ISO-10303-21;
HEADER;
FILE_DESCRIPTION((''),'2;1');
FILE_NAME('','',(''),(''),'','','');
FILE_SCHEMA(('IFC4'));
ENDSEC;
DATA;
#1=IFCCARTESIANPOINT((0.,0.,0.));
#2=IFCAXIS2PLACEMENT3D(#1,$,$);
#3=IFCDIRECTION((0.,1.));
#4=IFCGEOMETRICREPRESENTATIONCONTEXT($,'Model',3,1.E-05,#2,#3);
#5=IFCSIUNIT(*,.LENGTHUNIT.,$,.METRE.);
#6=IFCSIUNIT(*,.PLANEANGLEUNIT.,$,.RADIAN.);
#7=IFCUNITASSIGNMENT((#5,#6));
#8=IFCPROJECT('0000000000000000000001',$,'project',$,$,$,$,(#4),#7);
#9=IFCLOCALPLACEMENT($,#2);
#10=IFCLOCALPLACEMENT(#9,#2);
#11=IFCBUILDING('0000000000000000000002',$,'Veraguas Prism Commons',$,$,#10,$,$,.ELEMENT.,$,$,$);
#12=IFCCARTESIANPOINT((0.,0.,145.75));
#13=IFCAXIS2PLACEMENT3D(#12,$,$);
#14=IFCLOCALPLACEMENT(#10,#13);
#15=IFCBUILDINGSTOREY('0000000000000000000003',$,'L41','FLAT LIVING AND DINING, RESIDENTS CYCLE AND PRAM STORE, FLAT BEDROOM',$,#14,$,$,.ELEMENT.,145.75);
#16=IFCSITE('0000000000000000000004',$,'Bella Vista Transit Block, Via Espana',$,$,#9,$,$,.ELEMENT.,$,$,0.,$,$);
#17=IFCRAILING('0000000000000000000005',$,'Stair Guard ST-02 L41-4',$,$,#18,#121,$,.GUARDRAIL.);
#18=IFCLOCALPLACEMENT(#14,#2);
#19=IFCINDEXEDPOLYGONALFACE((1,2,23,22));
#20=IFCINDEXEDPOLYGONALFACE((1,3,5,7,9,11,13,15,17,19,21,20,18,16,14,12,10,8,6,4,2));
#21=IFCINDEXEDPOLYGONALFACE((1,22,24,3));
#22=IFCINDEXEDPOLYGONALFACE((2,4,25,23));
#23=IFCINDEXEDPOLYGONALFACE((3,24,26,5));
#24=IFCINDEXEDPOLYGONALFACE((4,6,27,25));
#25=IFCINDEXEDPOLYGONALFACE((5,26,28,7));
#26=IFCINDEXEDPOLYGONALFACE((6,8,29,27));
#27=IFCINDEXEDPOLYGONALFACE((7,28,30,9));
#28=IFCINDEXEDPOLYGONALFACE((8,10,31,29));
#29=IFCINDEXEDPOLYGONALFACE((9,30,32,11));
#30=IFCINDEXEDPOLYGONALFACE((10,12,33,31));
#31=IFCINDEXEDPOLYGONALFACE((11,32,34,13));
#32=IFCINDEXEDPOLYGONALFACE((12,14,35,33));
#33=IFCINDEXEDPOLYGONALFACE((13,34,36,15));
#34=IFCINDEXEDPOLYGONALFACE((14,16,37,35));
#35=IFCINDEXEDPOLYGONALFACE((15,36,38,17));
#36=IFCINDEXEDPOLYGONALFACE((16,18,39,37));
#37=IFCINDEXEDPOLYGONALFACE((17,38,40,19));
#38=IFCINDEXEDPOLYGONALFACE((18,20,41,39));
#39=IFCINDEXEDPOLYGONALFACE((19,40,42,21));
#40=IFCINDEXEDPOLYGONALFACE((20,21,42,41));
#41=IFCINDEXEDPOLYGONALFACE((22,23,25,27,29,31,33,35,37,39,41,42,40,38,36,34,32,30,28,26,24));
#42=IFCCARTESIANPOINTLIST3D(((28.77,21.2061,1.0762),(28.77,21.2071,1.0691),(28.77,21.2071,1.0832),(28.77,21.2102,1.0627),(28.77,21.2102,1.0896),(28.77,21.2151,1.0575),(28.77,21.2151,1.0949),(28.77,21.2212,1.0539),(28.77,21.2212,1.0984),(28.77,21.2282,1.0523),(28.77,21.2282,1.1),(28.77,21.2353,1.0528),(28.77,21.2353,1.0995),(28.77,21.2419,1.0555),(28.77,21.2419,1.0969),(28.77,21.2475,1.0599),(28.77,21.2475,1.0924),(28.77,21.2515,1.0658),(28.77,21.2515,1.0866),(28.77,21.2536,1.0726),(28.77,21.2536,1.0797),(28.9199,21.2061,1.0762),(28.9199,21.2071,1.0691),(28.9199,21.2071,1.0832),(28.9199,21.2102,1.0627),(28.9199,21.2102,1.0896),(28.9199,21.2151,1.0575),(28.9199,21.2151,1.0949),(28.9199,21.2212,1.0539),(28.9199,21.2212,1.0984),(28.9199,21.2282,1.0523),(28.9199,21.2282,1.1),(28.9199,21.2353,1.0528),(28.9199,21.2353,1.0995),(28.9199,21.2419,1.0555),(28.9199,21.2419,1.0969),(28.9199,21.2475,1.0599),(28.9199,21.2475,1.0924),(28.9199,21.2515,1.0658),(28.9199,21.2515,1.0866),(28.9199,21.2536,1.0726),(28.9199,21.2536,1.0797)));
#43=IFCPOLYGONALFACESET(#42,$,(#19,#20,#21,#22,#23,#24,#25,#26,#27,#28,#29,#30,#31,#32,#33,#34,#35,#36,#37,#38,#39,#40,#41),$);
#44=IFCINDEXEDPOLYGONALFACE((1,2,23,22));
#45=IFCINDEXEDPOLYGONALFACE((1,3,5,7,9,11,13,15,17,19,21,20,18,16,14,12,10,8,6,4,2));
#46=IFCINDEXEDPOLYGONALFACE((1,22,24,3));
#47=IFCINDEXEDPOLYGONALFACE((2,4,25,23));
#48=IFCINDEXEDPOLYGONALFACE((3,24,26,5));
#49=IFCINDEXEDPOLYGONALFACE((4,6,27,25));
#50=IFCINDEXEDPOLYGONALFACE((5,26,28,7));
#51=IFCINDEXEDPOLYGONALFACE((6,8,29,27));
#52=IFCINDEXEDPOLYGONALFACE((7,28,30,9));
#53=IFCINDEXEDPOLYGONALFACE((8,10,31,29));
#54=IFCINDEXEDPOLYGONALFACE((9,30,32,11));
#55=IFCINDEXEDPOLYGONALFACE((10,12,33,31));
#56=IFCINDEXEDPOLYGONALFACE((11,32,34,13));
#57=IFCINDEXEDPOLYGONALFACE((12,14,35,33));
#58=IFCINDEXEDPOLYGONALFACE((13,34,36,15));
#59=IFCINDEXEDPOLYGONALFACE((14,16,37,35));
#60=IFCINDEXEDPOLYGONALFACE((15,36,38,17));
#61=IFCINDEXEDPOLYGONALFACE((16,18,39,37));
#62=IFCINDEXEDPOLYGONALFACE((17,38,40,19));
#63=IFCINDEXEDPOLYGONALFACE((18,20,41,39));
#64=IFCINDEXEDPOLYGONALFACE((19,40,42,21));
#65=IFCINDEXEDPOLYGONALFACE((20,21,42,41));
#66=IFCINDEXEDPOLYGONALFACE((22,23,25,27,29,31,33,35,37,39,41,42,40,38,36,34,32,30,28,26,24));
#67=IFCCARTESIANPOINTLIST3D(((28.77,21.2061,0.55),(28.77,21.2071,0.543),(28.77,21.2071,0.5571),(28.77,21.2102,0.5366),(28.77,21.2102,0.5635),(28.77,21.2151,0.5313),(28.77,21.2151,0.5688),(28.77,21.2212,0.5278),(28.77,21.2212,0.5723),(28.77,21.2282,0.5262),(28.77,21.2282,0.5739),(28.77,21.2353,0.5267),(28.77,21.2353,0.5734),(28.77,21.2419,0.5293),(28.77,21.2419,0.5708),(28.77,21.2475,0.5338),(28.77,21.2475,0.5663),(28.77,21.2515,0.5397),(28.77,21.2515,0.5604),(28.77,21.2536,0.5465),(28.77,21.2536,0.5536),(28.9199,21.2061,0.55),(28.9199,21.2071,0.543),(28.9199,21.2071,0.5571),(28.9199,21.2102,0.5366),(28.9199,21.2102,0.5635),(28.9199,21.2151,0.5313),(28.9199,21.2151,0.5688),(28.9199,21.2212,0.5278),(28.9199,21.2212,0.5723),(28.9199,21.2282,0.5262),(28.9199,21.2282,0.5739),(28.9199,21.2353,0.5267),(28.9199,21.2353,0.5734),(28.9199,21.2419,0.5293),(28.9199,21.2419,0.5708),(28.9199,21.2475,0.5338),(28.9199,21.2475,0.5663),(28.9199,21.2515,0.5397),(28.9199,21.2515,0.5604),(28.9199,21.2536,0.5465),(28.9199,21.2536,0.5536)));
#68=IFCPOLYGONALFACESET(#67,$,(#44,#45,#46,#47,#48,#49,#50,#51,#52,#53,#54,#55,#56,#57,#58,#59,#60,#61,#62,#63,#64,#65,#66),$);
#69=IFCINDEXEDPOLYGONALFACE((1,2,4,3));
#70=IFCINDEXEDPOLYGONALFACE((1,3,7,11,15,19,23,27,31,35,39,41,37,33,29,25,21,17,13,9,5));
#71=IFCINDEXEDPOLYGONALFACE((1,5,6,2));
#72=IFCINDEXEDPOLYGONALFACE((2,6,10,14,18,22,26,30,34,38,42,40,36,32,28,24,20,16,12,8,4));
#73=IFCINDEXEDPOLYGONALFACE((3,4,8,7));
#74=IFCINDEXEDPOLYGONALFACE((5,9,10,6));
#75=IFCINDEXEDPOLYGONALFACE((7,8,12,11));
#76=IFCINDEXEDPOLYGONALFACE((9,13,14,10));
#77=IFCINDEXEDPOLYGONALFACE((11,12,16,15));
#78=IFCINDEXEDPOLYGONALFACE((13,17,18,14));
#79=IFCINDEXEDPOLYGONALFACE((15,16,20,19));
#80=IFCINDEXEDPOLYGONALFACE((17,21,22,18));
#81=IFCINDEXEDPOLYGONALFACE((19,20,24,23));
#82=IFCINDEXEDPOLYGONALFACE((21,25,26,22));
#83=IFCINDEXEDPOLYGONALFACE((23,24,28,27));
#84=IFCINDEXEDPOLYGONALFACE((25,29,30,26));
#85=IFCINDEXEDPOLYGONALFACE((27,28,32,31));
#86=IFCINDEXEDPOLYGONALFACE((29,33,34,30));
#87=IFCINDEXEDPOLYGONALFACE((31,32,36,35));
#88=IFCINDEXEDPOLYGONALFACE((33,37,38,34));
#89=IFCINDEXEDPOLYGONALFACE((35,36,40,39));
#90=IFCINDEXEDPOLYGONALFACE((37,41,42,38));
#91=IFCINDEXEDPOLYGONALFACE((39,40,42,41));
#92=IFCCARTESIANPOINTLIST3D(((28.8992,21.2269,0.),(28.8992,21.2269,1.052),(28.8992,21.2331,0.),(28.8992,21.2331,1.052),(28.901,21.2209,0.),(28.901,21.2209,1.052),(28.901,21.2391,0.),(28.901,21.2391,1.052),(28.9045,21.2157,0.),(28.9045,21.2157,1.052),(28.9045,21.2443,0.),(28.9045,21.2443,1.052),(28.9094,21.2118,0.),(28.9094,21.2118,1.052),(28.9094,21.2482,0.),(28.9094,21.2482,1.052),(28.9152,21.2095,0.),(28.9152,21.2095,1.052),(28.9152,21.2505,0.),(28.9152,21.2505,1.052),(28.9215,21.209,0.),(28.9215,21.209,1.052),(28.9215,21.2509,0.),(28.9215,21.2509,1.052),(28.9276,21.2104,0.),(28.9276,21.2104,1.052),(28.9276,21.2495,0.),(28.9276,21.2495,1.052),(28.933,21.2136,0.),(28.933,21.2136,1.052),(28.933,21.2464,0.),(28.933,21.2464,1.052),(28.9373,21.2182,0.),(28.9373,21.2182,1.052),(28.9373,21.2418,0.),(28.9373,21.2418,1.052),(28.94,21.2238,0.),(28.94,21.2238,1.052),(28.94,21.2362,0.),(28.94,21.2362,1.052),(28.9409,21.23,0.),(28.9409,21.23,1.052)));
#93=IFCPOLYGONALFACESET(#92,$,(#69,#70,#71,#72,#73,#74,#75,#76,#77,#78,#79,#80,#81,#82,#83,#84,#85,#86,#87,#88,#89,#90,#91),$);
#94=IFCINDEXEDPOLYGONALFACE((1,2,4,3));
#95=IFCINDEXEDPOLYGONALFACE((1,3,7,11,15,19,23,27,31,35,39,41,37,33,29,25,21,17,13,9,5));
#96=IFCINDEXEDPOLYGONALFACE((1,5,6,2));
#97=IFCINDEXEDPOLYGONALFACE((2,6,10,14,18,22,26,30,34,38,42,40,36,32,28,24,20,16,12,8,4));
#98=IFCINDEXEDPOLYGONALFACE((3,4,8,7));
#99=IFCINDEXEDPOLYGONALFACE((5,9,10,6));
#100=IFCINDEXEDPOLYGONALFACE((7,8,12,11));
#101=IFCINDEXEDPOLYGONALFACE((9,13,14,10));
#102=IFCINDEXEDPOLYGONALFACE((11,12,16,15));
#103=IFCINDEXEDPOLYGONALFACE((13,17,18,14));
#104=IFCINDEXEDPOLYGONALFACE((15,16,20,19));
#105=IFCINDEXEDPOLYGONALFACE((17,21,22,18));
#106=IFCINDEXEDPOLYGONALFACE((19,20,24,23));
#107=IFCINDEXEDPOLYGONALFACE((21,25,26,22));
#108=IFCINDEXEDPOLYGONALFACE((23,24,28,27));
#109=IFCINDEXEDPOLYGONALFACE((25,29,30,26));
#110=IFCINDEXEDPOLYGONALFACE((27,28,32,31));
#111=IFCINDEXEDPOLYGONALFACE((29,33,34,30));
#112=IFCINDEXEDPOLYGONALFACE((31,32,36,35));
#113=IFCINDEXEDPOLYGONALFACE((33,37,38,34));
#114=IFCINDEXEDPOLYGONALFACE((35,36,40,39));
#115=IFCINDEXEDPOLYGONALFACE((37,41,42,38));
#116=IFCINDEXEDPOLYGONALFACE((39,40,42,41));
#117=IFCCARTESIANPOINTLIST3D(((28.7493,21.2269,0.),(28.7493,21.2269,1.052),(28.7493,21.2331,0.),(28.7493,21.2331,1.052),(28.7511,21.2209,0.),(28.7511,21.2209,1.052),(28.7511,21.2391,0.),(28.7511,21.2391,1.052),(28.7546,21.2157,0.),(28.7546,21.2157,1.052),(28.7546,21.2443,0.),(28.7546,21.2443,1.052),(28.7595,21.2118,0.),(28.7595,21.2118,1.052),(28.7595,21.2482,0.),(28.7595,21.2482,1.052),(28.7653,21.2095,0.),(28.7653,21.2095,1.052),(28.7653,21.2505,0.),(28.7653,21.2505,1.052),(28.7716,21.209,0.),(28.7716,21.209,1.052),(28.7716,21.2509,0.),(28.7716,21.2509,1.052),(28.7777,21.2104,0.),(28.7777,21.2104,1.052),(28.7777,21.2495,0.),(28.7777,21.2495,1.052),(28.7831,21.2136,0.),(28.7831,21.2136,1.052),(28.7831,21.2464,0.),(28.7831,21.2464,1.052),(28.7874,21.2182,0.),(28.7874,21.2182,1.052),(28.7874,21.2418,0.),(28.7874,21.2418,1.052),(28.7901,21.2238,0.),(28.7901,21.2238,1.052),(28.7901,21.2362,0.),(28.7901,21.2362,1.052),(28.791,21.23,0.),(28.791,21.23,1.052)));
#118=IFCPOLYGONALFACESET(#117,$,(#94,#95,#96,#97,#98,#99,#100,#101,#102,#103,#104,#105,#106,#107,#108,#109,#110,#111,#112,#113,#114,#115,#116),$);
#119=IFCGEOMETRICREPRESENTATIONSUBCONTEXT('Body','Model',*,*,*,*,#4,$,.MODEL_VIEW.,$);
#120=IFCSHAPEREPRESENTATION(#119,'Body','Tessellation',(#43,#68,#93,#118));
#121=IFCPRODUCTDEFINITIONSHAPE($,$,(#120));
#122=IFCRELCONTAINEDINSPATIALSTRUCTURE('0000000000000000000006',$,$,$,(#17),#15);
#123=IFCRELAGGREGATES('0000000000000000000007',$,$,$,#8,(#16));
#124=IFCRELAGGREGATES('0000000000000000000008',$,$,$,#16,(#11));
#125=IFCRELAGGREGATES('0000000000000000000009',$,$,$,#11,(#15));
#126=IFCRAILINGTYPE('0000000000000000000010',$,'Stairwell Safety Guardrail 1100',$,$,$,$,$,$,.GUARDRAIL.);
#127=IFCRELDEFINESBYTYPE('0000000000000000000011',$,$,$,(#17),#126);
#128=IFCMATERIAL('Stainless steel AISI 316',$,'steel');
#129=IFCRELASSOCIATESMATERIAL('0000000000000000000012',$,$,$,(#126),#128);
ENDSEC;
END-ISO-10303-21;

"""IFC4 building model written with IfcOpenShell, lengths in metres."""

from ifc_helpers import new_model, si_unit, direction, frame, origin, origin_2d, place, context, subcontext, project, spatial, circle, extrude, material, type_object, element, save


model = new_model("IFC4")

# Units and contexts
model_context = context("Model", 3, precision=1e-05, world=origin(), true_north=direction((0.0, 1.0)))
body_context = subcontext(model_context, "Body", "Model", "MODEL_VIEW")
ifc_project = project(units=[si_unit("LENGTHUNIT", "METRE"), si_unit("PLANEANGLEUNIT", "RADIAN")], contexts=[model_context])

# Site, building, storey
site_placement = place(None, origin())
site = spatial("IfcSite", under=ifc_project, at=site_placement, Name="Bella Vista Transit Block, Via Espana", CompositionType="ELEMENT", RefElevation=0.0)
building_placement = place(site_placement, origin())
building = spatial("IfcBuilding", under=site, at=building_placement, Name="Veraguas Prism Commons", CompositionType="ELEMENT")
storey_placement = place(building_placement, frame((0.0, 0.0, 145.75)))
storey = spatial("IfcBuildingStorey", under=building, at=storey_placement, Name="L41", Description="FLAT LIVING AND DINING, RESIDENTS CYCLE AND PRAM STORE, FLAT BEDROOM", CompositionType="ELEMENT", Elevation=145.75)

# Shared definitions
ifc_material_1 = material(Name="Stainless steel AISI 316", Category="steel")

# Railing
railing_type_1 = type_object("IfcRailingType", Name="Stairwell Safety Guardrail 1100", PredefinedType="GUARDRAIL", material=ifc_material_1)
railing_1_placement = place(storey_placement, frame((28.9199, 21.23, 0.0)))
element("IfcRailing", 1, at=railing_1_placement, inside=storey, type_object=railing_type_1, Name="Stair Guard ST-02 L41-4", PredefinedType="GUARDRAIL", context=body_context, shape_type="SweptSolid", body=[
    extrude(circle(Radius=0.0239, at=origin_2d()), frame((0.0, 0.0, 1.0762), z_axis=(-1.0, 0.0, 0.0), x_axis=(0.0, -1.0, 0.0)), (0.0, 0.0, 1.0), 0.1499),
    extrude(circle(Radius=0.0239, at=origin_2d()), frame((0.0, 0.0, 0.55), z_axis=(-1.0, 0.0, 0.0), x_axis=(0.0, -1.0, 0.0)), (0.0, 0.0, 1.0), 0.1499),
    extrude(circle(Radius=0.021, at=origin_2d()), origin(), (0.0, 0.0, 1.0), 1.052),
    extrude(circle(Radius=0.021, at=origin_2d()), frame((-0.1499, 0.0, 0.0)), (0.0, 0.0, 1.0), 1.052),
])

save(model, "model.ifc")
